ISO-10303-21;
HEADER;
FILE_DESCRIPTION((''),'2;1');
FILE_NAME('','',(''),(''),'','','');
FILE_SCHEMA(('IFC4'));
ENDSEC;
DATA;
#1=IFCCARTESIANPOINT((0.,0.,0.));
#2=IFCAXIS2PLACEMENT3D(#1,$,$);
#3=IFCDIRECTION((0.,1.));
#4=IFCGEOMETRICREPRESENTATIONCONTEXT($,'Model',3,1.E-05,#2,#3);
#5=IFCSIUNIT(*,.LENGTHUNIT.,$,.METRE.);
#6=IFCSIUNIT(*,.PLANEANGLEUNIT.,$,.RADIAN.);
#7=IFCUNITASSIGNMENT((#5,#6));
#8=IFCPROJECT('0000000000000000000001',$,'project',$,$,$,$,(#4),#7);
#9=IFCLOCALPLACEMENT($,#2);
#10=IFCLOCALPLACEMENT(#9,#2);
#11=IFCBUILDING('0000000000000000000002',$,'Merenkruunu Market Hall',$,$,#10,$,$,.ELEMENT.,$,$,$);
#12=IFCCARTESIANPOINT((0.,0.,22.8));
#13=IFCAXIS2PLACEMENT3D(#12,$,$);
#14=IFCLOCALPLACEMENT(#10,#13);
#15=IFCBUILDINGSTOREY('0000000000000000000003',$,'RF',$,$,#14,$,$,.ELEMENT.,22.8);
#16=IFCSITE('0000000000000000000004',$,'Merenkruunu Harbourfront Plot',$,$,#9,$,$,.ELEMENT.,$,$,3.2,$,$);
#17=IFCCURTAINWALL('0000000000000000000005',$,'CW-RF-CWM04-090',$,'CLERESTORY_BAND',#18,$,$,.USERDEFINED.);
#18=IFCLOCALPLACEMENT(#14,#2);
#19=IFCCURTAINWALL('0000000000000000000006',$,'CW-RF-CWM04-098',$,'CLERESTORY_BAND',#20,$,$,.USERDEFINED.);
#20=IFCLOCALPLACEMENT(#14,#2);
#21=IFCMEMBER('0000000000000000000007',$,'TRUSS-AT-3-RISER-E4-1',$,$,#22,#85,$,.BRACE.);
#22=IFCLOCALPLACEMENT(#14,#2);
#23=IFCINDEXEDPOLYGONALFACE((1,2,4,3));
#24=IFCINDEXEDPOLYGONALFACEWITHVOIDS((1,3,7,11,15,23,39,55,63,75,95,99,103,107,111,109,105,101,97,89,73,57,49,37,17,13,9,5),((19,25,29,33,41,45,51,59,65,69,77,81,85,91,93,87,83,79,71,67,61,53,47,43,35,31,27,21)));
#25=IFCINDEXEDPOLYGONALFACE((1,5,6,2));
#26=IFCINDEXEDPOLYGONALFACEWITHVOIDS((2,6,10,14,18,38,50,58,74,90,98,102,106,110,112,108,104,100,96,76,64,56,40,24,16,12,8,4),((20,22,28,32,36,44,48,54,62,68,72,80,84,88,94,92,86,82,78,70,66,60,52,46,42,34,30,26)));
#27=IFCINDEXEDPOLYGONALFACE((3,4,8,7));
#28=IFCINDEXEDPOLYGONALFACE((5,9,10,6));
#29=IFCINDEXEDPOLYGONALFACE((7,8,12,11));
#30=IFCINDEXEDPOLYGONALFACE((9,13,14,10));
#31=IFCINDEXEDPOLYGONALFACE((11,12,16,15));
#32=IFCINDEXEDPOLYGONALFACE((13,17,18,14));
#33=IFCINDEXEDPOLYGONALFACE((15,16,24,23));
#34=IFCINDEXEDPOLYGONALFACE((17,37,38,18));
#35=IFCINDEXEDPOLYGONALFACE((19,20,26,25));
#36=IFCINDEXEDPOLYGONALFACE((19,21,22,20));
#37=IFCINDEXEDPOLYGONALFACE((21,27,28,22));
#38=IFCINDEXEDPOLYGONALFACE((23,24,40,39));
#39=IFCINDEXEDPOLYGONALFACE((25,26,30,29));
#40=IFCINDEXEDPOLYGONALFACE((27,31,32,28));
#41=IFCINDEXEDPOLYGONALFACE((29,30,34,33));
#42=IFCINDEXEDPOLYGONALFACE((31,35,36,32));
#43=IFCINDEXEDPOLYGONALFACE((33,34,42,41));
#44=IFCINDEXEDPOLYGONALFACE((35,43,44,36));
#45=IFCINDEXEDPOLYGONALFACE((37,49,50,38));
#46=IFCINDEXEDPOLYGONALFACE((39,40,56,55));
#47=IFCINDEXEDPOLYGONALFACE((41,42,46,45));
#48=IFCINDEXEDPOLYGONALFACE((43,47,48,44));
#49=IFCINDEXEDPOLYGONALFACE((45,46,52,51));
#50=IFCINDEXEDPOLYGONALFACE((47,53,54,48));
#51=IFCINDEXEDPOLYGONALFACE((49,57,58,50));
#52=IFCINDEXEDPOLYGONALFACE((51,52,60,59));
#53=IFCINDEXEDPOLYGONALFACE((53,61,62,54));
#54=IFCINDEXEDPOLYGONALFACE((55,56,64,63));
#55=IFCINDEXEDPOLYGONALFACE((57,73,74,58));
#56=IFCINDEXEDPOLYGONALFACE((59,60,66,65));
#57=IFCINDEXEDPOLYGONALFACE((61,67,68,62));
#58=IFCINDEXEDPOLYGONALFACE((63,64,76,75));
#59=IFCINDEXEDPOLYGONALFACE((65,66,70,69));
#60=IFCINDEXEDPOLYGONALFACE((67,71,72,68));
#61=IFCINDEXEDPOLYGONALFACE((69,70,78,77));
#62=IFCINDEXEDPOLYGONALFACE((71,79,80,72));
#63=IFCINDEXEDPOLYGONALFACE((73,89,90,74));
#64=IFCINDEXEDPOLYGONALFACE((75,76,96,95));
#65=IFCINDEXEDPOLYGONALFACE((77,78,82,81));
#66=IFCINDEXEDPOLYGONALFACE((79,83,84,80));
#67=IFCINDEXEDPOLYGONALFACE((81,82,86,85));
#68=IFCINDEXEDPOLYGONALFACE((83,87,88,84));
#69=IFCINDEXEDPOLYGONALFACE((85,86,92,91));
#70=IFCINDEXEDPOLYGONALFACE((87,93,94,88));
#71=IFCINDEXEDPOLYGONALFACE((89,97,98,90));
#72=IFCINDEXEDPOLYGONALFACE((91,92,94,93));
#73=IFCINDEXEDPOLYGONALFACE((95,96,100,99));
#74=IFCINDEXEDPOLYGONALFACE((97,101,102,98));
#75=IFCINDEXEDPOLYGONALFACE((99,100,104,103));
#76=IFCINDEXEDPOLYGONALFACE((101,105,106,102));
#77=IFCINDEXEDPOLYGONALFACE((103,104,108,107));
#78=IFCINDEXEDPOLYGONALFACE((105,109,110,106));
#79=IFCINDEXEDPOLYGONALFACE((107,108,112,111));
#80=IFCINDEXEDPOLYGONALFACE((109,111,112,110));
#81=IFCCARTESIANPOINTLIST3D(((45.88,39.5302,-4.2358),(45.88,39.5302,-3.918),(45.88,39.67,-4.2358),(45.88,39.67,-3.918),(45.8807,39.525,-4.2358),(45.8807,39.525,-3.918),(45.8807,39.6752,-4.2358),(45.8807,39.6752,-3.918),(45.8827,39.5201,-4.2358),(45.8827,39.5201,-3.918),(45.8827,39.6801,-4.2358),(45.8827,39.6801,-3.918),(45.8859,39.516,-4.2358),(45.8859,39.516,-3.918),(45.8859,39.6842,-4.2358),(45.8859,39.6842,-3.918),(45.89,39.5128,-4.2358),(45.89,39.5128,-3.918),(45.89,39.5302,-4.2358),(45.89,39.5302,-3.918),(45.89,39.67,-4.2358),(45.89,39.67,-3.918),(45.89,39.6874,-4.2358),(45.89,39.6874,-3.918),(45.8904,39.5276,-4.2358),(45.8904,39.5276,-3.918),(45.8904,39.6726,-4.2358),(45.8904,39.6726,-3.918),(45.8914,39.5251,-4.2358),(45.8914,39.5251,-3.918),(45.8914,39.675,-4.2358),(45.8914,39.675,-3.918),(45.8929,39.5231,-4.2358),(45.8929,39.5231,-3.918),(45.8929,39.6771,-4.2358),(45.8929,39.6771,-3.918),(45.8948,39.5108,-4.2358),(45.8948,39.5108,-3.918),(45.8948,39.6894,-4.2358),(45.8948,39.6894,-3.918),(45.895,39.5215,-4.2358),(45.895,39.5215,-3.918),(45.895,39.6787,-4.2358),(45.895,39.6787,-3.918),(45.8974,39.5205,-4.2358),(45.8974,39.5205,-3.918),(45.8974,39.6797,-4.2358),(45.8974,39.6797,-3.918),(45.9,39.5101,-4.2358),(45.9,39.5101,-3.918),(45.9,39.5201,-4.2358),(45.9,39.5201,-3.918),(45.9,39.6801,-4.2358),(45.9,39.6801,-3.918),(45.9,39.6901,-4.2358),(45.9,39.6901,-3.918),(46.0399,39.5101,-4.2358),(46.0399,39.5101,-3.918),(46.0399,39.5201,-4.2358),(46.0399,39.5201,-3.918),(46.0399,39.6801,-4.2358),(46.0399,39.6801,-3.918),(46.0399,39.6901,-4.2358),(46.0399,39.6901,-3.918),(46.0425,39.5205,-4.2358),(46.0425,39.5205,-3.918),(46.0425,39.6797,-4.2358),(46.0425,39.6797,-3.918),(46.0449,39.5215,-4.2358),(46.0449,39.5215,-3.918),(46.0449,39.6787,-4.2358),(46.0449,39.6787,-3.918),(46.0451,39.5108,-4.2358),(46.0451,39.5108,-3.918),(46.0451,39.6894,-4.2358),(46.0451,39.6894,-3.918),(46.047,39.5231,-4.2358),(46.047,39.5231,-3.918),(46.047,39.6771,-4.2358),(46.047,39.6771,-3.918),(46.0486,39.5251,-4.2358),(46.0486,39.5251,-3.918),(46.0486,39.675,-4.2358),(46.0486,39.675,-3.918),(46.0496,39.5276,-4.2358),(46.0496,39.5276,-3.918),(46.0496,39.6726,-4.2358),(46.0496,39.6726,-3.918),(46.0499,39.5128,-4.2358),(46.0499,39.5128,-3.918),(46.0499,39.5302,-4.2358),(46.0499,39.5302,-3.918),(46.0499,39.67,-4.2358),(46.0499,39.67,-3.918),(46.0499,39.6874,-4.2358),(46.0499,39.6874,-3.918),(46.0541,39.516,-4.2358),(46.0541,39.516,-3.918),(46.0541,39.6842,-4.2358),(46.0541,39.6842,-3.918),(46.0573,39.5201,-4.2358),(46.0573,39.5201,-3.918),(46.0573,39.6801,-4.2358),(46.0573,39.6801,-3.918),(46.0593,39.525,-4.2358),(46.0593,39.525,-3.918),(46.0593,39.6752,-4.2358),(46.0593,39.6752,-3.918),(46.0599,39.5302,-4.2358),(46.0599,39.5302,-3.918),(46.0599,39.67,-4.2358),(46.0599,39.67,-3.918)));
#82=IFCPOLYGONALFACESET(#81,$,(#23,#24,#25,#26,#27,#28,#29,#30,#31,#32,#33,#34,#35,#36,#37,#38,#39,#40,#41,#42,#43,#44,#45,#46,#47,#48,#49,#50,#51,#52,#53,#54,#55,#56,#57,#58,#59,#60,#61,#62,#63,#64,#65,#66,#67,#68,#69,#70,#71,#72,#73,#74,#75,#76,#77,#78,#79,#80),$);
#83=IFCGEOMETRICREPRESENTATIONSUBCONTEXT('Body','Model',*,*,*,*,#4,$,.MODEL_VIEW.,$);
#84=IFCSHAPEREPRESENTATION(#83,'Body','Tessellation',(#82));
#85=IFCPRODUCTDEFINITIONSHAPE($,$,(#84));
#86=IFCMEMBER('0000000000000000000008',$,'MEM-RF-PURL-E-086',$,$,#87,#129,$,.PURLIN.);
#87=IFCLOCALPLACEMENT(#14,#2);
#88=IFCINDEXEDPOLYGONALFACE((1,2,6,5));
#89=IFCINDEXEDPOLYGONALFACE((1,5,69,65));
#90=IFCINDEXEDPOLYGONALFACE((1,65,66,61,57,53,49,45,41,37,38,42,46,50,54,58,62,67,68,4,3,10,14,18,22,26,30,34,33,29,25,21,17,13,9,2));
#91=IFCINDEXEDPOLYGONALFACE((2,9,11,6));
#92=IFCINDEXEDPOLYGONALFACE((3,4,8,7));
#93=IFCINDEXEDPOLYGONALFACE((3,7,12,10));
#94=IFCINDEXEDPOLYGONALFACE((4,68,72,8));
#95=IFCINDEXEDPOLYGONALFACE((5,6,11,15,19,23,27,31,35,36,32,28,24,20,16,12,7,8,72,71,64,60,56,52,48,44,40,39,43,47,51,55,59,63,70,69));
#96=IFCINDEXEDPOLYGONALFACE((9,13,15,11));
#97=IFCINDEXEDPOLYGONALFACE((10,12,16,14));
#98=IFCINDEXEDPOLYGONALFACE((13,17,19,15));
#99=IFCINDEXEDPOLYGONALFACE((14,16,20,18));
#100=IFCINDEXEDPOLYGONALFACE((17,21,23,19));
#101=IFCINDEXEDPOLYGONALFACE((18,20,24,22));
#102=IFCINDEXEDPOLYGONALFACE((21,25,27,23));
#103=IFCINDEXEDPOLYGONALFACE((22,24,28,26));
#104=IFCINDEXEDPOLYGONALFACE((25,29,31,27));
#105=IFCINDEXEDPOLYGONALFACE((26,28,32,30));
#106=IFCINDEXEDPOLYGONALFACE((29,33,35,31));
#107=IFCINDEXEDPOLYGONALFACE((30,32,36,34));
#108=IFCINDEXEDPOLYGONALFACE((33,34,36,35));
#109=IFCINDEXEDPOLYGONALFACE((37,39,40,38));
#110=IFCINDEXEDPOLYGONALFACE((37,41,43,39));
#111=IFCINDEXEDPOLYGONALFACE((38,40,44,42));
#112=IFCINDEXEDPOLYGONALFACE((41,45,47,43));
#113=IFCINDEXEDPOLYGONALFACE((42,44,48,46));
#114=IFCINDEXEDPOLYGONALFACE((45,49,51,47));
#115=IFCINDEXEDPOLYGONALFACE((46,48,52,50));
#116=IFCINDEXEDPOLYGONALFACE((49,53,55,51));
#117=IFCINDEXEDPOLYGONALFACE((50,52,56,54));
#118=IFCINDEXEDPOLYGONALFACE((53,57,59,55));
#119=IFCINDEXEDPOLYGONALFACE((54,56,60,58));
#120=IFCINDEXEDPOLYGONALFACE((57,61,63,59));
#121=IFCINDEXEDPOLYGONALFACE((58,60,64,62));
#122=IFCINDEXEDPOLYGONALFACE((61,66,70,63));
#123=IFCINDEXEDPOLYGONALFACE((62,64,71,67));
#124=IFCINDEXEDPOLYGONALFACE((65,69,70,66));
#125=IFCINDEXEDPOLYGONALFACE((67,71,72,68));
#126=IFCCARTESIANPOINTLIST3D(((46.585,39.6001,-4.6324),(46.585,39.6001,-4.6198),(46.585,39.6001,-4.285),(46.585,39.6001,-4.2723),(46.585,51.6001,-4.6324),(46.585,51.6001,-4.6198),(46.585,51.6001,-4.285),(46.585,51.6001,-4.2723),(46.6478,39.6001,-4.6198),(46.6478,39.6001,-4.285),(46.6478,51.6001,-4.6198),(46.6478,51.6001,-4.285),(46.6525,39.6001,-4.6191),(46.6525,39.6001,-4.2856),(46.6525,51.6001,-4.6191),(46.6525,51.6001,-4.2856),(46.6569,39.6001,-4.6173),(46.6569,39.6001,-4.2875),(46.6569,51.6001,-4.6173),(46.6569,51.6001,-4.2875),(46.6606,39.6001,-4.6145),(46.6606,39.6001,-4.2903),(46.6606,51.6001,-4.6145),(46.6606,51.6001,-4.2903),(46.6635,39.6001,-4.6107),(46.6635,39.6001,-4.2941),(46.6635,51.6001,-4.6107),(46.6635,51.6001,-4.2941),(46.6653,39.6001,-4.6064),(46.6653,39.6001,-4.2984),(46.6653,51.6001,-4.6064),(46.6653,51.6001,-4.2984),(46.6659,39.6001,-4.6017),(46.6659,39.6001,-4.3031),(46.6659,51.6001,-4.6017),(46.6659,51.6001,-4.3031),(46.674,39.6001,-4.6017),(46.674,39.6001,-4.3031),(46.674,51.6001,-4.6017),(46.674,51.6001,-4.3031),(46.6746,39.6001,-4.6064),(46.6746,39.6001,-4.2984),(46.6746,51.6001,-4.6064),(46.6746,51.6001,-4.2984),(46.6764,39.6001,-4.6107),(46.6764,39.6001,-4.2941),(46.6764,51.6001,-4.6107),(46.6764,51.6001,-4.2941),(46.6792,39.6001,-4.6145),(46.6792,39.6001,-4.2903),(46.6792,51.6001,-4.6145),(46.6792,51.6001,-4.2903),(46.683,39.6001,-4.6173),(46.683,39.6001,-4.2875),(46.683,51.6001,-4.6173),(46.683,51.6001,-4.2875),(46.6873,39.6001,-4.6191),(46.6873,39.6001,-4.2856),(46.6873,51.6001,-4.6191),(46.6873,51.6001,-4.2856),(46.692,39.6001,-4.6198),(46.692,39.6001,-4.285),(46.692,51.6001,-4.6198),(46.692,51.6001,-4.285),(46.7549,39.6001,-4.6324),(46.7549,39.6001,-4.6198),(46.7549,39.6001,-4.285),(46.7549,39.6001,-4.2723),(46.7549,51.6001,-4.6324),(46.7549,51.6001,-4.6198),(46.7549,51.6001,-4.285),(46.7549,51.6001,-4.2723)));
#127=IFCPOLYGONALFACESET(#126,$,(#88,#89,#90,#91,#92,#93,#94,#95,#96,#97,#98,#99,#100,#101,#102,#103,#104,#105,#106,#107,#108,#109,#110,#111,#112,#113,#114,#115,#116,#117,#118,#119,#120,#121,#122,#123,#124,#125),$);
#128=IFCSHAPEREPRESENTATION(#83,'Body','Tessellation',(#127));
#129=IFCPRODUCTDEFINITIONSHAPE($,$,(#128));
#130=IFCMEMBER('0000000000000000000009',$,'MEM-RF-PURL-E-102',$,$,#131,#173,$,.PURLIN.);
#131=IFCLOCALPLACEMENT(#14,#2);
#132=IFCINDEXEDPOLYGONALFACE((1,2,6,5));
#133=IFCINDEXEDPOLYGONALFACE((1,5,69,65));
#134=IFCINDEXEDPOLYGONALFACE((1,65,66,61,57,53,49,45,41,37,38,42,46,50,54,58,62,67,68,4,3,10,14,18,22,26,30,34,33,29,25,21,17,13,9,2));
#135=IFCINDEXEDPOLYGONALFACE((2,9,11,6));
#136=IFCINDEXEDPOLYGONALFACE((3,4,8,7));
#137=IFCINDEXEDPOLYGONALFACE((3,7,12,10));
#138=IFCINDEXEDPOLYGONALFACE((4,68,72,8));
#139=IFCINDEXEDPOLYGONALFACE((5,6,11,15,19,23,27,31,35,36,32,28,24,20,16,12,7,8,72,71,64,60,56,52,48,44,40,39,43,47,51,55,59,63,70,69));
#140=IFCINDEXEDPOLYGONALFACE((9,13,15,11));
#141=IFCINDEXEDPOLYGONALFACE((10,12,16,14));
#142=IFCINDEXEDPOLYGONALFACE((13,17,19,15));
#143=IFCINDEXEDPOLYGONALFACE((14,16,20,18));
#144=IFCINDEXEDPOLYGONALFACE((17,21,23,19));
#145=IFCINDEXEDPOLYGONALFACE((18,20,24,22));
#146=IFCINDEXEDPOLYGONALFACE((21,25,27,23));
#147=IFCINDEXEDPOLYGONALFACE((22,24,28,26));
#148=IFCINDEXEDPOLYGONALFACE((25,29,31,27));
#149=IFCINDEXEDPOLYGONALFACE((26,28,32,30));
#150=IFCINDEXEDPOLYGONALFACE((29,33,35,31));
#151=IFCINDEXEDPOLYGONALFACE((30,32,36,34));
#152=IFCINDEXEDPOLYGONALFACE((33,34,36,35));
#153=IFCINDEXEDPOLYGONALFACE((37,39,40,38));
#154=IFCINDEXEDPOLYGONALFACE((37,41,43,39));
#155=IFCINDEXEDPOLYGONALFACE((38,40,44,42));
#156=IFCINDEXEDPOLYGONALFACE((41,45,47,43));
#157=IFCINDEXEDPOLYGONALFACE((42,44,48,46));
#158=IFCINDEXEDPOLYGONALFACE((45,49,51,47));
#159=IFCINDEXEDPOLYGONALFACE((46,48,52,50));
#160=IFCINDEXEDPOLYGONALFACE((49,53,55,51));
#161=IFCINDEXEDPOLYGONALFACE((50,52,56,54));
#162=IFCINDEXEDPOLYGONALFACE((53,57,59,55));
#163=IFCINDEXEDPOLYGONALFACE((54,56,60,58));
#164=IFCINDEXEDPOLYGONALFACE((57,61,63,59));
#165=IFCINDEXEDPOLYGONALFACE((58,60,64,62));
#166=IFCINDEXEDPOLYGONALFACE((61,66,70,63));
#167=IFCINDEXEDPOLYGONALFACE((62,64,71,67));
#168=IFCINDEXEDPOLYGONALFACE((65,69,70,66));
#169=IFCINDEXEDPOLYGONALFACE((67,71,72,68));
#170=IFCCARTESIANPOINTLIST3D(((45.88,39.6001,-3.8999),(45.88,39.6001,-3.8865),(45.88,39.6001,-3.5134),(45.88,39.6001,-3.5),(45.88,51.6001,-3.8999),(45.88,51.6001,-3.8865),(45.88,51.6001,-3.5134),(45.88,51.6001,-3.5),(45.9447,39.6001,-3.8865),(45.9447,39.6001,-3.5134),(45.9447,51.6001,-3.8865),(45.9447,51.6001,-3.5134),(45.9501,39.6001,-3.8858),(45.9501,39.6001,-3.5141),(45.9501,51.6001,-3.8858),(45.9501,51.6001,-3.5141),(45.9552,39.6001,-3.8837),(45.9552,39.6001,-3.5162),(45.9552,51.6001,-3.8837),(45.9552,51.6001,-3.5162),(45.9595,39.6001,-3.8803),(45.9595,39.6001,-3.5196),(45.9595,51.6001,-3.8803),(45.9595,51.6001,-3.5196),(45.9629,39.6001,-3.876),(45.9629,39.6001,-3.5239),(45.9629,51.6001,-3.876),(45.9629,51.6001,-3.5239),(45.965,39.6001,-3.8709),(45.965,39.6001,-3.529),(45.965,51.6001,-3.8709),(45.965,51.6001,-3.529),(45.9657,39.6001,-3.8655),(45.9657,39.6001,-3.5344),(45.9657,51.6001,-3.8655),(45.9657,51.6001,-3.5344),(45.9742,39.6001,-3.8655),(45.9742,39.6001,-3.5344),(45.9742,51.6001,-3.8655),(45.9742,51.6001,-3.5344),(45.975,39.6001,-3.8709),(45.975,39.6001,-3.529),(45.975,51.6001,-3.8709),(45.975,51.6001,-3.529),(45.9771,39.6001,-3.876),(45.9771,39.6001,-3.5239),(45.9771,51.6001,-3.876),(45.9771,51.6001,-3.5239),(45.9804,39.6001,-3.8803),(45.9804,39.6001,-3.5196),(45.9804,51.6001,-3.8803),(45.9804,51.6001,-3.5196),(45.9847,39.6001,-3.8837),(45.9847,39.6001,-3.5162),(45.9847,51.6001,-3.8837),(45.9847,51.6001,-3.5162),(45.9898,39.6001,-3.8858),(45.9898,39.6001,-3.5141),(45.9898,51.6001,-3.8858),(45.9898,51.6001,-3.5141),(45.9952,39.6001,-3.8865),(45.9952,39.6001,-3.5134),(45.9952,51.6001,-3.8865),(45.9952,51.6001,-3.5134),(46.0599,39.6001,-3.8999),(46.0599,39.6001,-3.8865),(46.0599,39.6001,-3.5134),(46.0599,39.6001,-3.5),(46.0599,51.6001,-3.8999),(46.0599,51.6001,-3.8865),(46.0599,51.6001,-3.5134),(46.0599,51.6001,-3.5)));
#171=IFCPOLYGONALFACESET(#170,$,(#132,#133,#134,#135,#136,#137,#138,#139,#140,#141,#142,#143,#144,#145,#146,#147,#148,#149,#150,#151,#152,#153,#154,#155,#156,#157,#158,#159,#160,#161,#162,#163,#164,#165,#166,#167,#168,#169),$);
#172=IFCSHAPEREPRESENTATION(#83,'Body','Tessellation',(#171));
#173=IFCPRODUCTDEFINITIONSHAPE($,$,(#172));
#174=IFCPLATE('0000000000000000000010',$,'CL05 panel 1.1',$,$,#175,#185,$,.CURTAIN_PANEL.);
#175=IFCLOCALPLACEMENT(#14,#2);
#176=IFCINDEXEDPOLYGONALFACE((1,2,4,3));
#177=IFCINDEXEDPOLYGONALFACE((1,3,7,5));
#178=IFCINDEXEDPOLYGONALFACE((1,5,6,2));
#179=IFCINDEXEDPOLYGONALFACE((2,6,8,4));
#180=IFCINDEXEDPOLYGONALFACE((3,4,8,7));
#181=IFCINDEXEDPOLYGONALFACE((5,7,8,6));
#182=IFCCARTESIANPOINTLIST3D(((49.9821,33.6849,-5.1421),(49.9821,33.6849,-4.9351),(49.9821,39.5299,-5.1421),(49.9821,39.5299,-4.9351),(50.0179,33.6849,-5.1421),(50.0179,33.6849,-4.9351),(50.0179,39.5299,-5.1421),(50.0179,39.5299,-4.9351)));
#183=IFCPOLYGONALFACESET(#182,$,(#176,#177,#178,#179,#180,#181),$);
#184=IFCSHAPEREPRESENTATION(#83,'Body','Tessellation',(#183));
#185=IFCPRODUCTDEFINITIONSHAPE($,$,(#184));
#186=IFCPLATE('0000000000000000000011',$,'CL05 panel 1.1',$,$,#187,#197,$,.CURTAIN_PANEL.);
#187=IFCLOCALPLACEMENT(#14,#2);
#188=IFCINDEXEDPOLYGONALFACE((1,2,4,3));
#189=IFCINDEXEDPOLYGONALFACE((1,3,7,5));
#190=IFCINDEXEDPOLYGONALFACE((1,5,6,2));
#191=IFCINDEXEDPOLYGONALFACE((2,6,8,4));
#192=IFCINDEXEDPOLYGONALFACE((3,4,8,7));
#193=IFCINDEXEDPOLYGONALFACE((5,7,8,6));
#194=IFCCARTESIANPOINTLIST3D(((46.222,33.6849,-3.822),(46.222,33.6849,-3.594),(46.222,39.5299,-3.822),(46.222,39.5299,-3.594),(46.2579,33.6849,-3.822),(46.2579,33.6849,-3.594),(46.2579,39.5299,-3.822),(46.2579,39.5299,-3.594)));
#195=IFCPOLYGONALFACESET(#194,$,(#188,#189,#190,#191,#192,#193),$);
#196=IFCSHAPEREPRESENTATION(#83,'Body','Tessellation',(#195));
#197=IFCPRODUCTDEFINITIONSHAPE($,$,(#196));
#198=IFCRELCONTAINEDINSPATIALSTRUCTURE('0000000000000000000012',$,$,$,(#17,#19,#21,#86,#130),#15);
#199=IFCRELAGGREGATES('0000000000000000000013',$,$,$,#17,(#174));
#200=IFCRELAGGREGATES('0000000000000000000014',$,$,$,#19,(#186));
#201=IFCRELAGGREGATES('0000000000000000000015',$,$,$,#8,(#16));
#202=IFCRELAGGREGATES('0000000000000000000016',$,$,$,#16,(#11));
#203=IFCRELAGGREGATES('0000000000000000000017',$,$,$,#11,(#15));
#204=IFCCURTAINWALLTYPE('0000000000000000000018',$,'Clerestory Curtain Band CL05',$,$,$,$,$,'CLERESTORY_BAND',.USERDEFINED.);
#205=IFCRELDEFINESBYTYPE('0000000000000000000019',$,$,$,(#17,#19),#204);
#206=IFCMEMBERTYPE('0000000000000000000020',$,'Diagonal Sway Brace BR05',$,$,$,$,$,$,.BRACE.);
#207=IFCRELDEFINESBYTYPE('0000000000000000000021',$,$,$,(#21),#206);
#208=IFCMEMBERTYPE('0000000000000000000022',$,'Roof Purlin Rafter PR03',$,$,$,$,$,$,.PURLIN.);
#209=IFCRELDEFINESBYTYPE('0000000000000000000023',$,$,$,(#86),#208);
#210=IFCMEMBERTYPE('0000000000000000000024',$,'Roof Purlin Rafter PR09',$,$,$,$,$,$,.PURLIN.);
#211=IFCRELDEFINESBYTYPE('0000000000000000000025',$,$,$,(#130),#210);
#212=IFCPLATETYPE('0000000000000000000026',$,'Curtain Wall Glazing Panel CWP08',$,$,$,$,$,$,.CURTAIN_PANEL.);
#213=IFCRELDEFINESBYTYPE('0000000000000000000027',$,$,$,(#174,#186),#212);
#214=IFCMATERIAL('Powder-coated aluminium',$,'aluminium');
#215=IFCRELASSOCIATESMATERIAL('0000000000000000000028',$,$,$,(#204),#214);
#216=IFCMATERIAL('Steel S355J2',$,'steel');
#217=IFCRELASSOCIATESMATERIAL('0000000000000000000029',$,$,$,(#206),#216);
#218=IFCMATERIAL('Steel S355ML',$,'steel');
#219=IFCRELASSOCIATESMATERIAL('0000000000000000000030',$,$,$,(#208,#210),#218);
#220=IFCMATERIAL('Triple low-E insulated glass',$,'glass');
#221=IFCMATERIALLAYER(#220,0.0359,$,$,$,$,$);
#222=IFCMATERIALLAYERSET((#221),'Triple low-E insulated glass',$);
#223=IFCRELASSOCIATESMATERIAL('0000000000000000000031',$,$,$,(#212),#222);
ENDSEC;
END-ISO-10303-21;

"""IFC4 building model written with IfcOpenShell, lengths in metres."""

from ifc_helpers import new_model, si_unit, direction, frame, origin, origin_2d, place, context, subcontext, project, spatial, rectangle, hollow_rectangle, i_section, extrude, material, layer, layer_set, material_profile, profile_set, type_object, element, aggregate, save


model = new_model("IFC4")

# Units and contexts
model_context = context("Model", 3, precision=1e-05, world=origin(), true_north=direction((0.0, 1.0)))
body_context = subcontext(model_context, "Body", "Model", "MODEL_VIEW")
ifc_project = project(units=[si_unit("LENGTHUNIT", "METRE"), si_unit("PLANEANGLEUNIT", "RADIAN")], contexts=[model_context])

# Site, building, storey
site_placement = place(None, origin())
site = spatial("IfcSite", under=ifc_project, at=site_placement, Name="Merenkruunu Harbourfront Plot", CompositionType="ELEMENT", RefElevation=3.2)
building_placement = place(site_placement, origin())
building = spatial("IfcBuilding", under=site, at=building_placement, Name="Merenkruunu Market Hall", CompositionType="ELEMENT")
storey_placement = place(building_placement, frame((0.0, 0.0, 22.8)))
storey = spatial("IfcBuildingStorey", under=building, at=storey_placement, Name="RF", CompositionType="ELEMENT", Elevation=22.8)

# Shared definitions
ifc_material_1 = material(Name="Steel S355ML", Category="steel")

# Curtain walls
ifc_material_2 = material(Name="Powder-coated aluminium", Category="aluminium")
curtain_wall_type = type_object("IfcCurtainWallType", Name="Clerestory Curtain Band CL05", ElementType="CLERESTORY_BAND", PredefinedType="USERDEFINED", material=ifc_material_2)
curtain_wall_1_placement = place(storey_placement, origin())
curtain_wall_1 = element("IfcCurtainWall", 1, at=curtain_wall_1_placement, inside=storey, type_object=curtain_wall_type, Name="CW-RF-CWM04-090", ObjectType="CLERESTORY_BAND", PredefinedType="USERDEFINED")
curtain_wall_2_placement = place(storey_placement, origin())
curtain_wall_2 = element("IfcCurtainWall", 2, at=curtain_wall_2_placement, inside=storey, type_object=curtain_wall_type, Name="CW-RF-CWM04-098", ObjectType="CLERESTORY_BAND", PredefinedType="USERDEFINED")

# Members
ifc_material_3 = material(Name="Steel S355J2", Category="steel")
ifc_material_profile_1 = material_profile(ifc_material_3, hollow_rectangle(XDim=0.1799, YDim=0.1799, WallThickness=0.01, InnerFilletRadius=0.01, OuterFilletRadius=0.02, at=origin_2d()), Name="SHS 180x180x10")
ifc_profile_set_1 = profile_set([ifc_material_profile_1], Name="Steel S355J2")
member_type_1 = type_object("IfcMemberType", Name="Diagonal Sway Brace BR05", PredefinedType="BRACE", material=ifc_profile_set_1)
member_1_placement = place(storey_placement, frame((45.97, 39.6001, -4.2358), z_axis=(0.0, 0.0, 1.0), x_axis=(1.0, 0.0, 0.0)))
element("IfcMember", 3, at=member_1_placement, inside=storey, type_object=member_type_1, Name="TRUSS-AT-3-RISER-E4-1", PredefinedType="BRACE", context=body_context, shape_type="SweptSolid", body=[
    extrude(hollow_rectangle(XDim=0.1799, YDim=0.1799, WallThickness=0.01, InnerFilletRadius=0.01, OuterFilletRadius=0.02, at=origin_2d()), origin(), (0.0, 0.0, 1.0), 0.3179),
])
ifc_material_profile_2 = material_profile(ifc_material_1, i_section(OverallWidth=0.1699, OverallDepth=0.3601, WebThickness=0.0081, FlangeThickness=0.0127, FilletRadius=0.0181, at=origin_2d()), Name="IPE 360")
ifc_profile_set_2 = profile_set([ifc_material_profile_2], Name="Steel S355ML")
member_type_2 = type_object("IfcMemberType", Name="Roof Purlin Rafter PR03", PredefinedType="PURLIN", material=ifc_profile_set_2)
member_2_placement = place(storey_placement, frame((46.6699, 39.6001, -4.4524), z_axis=(0.0, 1.0, 0.0), x_axis=(-1.0, 0.0, 0.0)))
element("IfcMember", 4, at=member_2_placement, inside=storey, type_object=member_type_2, Name="MEM-RF-PURL-E-086", PredefinedType="PURLIN", context=body_context, shape_type="SweptSolid", body=[
    extrude(i_section(OverallWidth=0.1699, OverallDepth=0.3601, WebThickness=0.0081, FlangeThickness=0.0127, FilletRadius=0.0181, at=origin_2d()), origin(), (0.0, 0.0, 1.0), 12.0),
])
ifc_material_profile_3 = material_profile(ifc_material_1, i_section(OverallWidth=0.1799, OverallDepth=0.3999, WebThickness=0.0085, FlangeThickness=0.0134, FilletRadius=0.021, at=origin_2d()), Name="IPE 400")
ifc_profile_set_3 = profile_set([ifc_material_profile_3], Name="Steel S355ML")
member_type_3 = type_object("IfcMemberType", Name="Roof Purlin Rafter PR09", PredefinedType="PURLIN", material=ifc_profile_set_3)
member_3_placement = place(storey_placement, frame((45.97, 39.6001, -3.7), z_axis=(0.0, 1.0, 0.0), x_axis=(-1.0, 0.0, 0.0)))
element("IfcMember", 5, at=member_3_placement, inside=storey, type_object=member_type_3, Name="MEM-RF-PURL-E-102", PredefinedType="PURLIN", context=body_context, shape_type="SweptSolid", body=[
    extrude(i_section(OverallWidth=0.1799, OverallDepth=0.3999, WebThickness=0.0085, FlangeThickness=0.0134, FilletRadius=0.021, at=origin_2d()), origin(), (0.0, 0.0, 1.0), 12.0),
])

# Plates
ifc_material_4 = material(Name="Triple low-E insulated glass", Category="glass")
ifc_layer_1 = layer(ifc_material_4, 0.0359)
ifc_layer_set_1 = layer_set([ifc_layer_1], Name="Triple low-E insulated glass")
plate_type_1 = type_object("IfcPlateType", Name="Curtain Wall Glazing Panel CWP08", PredefinedType="CURTAIN_PANEL", material=ifc_layer_set_1)
plate_1_placement = place(storey_placement, frame((50.0, 36.6074, -5.1421), z_axis=(0.0, 0.0, 1.0), x_axis=(0.0, -1.0, 0.0)))
plate_1 = element("IfcPlate", 6, at=plate_1_placement, type_object=plate_type_1, Name="CL05 panel 1.1", PredefinedType="CURTAIN_PANEL", context=body_context, shape_type="SweptSolid", body=[
    extrude(rectangle(XDim=5.845, YDim=0.0359, at=origin_2d()), origin(), (0.0, 0.0, 1.0), 0.207),
])
aggregate(curtain_wall_1, [plate_1])
plate_2_placement = place(storey_placement, frame((46.24, 36.6074, -3.822), z_axis=(0.0, 0.0, 1.0), x_axis=(0.0, -1.0, 0.0)))
plate_2 = element("IfcPlate", 7, at=plate_2_placement, type_object=plate_type_1, Name="CL05 panel 1.1", PredefinedType="CURTAIN_PANEL", context=body_context, shape_type="SweptSolid", body=[
    extrude(rectangle(XDim=5.845, YDim=0.0359, at=origin_2d()), origin(), (0.0, 0.0, 1.0), 0.228),
])
aggregate(curtain_wall_2, [plate_2])

save(model, "model.ifc")
